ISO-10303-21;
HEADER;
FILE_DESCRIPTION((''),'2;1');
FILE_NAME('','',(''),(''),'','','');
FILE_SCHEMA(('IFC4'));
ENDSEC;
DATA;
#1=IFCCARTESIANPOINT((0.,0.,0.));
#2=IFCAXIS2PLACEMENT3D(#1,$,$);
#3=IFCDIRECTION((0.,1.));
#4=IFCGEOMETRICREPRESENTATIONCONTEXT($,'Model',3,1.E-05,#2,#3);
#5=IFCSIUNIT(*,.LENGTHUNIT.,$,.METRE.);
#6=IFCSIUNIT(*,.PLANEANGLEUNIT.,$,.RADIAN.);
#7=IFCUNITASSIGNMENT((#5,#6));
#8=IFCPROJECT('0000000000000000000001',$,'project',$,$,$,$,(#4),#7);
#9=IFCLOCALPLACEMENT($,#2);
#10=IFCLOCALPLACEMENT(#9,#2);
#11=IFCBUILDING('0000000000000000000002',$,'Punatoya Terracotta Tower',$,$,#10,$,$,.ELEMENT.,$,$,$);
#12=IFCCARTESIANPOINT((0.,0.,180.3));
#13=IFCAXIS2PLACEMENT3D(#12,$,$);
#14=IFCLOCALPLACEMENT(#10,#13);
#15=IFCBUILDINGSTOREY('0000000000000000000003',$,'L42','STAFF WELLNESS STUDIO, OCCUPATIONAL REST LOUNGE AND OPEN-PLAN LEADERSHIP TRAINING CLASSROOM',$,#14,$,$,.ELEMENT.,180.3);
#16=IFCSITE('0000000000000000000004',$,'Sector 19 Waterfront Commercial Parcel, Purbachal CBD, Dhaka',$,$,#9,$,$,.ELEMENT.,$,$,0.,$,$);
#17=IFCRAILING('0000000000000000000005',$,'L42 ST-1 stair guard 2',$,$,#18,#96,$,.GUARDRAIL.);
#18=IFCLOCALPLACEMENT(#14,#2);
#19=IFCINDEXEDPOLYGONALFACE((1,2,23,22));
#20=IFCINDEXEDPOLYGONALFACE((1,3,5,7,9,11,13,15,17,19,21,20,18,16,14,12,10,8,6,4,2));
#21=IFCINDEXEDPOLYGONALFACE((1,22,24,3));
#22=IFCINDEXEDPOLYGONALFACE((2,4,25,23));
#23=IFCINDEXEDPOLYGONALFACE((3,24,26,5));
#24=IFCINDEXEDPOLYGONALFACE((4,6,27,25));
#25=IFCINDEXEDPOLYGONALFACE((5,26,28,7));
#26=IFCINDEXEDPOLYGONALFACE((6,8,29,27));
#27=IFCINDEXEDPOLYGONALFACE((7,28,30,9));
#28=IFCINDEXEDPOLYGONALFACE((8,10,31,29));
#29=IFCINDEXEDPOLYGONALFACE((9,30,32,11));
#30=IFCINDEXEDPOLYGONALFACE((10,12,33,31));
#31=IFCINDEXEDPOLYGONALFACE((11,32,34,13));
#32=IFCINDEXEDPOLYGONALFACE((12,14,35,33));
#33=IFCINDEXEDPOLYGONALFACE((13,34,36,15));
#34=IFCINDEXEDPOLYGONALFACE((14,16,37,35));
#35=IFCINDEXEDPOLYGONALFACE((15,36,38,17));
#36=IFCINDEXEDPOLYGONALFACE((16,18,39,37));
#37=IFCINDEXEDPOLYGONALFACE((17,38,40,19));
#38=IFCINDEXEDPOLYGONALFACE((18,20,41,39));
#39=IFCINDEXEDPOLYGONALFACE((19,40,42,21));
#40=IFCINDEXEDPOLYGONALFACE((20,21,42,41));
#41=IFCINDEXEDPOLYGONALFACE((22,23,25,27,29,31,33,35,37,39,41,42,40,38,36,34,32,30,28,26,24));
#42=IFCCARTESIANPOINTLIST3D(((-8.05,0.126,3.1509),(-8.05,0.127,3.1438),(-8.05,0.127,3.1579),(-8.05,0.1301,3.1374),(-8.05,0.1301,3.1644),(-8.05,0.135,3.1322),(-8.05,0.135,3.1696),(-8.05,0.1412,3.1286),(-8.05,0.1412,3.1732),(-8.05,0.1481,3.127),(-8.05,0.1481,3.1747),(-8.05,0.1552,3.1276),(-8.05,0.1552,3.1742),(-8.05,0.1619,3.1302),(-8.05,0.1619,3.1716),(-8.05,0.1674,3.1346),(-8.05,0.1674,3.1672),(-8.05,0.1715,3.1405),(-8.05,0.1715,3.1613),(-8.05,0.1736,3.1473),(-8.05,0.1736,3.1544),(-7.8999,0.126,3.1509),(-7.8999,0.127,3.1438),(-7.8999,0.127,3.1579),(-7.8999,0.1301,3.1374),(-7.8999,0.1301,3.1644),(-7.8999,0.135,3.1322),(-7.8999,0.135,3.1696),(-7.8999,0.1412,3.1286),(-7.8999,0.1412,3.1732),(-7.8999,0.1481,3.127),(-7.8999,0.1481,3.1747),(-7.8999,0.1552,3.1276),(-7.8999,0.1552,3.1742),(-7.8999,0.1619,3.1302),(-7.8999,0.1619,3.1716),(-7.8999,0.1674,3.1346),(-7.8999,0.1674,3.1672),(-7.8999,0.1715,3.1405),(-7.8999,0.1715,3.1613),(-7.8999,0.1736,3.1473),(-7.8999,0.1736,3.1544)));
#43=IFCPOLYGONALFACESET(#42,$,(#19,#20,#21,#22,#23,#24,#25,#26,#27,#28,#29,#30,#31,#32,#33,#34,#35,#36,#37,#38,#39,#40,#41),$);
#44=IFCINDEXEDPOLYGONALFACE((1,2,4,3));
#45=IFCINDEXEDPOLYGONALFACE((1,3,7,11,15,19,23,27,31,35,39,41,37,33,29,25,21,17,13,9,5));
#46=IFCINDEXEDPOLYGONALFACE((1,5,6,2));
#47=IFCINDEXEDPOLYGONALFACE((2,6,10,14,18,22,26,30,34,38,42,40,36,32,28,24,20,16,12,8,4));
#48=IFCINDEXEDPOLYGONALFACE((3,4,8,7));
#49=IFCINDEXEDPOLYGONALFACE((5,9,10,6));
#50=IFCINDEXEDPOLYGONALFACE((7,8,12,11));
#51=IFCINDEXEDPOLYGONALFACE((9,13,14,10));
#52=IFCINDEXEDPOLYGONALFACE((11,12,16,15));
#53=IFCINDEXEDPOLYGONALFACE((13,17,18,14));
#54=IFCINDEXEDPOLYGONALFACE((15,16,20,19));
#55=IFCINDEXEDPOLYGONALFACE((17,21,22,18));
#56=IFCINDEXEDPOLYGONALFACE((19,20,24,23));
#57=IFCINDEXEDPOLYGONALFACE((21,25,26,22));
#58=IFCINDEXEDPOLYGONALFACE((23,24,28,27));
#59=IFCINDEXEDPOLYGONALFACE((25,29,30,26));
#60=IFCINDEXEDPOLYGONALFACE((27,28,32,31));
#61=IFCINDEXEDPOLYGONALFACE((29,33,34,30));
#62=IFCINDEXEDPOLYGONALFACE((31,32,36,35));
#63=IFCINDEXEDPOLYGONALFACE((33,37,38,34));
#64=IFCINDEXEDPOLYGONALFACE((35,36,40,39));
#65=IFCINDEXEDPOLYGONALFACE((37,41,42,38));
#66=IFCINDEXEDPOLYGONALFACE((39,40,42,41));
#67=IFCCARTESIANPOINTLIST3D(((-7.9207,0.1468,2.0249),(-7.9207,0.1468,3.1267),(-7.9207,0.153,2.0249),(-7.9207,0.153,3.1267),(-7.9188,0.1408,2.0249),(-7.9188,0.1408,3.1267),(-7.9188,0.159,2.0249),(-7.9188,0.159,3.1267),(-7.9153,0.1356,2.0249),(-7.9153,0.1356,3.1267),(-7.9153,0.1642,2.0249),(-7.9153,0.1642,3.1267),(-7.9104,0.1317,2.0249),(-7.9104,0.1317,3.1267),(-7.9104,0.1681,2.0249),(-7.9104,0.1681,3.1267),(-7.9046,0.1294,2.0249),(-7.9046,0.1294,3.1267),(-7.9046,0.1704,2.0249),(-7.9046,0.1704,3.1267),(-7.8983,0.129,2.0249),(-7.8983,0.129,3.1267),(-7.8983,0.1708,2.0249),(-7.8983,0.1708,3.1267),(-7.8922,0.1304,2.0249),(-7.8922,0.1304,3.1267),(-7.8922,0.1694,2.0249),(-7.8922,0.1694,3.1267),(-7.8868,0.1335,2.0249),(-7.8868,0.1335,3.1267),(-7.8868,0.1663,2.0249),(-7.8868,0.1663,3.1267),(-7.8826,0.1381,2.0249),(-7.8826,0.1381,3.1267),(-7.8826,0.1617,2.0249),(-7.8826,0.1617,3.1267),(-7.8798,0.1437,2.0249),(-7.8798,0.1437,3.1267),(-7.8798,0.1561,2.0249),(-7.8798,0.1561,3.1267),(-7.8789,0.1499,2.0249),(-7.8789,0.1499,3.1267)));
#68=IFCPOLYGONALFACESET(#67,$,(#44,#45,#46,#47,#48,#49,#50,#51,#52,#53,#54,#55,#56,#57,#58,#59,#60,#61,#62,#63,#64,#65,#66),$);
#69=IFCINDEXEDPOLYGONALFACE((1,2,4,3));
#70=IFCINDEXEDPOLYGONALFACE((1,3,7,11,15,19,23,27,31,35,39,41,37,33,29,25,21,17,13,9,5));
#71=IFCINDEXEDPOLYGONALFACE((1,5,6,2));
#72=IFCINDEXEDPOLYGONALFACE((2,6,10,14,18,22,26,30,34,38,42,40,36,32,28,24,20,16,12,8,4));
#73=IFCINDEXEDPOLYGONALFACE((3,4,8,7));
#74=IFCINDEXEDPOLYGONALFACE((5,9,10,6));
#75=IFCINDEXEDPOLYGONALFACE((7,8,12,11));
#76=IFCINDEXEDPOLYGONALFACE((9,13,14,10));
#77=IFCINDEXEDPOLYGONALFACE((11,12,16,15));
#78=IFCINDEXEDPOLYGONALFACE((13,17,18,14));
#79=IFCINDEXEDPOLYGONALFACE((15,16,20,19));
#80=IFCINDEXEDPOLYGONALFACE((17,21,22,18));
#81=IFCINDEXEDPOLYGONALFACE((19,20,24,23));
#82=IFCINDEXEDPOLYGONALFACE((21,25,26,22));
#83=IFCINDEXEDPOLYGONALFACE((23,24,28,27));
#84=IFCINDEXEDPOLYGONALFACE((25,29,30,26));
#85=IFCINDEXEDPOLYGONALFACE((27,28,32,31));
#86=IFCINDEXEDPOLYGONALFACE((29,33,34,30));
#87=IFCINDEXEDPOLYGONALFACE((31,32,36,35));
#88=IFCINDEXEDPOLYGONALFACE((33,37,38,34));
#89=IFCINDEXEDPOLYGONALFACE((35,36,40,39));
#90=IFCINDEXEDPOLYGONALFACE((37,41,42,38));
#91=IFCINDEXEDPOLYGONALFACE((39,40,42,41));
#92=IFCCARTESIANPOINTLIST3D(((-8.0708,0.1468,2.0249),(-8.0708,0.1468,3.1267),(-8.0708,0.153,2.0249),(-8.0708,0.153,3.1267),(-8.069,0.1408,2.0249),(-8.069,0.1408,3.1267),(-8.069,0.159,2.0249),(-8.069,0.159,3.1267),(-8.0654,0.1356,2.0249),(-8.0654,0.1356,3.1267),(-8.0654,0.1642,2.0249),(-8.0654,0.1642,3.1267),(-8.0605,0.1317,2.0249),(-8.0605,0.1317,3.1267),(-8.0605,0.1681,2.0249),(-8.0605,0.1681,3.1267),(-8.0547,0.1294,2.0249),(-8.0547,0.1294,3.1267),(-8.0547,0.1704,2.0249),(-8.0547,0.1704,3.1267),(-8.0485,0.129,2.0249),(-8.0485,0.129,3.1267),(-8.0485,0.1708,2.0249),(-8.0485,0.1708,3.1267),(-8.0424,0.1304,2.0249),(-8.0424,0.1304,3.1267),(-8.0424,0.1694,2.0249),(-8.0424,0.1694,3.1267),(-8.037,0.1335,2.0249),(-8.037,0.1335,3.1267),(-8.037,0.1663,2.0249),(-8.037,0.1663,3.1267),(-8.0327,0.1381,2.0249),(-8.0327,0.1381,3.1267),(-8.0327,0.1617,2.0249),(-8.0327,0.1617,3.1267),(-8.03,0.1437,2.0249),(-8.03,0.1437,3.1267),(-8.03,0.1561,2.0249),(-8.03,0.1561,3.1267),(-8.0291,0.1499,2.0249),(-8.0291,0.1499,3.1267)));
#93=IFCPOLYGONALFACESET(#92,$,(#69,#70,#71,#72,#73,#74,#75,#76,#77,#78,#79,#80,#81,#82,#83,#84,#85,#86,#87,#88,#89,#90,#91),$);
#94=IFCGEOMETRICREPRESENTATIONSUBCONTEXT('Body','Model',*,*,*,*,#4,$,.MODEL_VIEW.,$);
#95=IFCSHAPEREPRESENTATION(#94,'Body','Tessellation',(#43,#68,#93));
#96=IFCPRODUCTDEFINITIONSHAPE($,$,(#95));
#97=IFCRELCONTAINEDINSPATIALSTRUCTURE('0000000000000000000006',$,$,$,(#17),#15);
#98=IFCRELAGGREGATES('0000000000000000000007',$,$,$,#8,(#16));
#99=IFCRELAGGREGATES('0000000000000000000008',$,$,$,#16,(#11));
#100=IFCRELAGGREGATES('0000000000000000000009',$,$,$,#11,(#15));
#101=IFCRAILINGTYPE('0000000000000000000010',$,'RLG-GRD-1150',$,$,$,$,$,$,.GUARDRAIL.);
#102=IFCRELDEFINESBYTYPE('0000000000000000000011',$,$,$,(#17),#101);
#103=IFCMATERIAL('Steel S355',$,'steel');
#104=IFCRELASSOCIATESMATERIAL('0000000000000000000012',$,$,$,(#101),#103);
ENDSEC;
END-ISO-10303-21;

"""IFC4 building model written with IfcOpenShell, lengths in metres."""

from ifc_helpers import new_model, si_unit, direction, frame, origin, origin_2d, place, context, subcontext, project, spatial, circle, extrude, material, type_object, element, save


model = new_model("IFC4")

# Units and contexts
model_context = context("Model", 3, precision=1e-05, world=origin(), true_north=direction((0.0, 1.0)))
body_context = subcontext(model_context, "Body", "Model", "MODEL_VIEW")
ifc_project = project(units=[si_unit("LENGTHUNIT", "METRE"), si_unit("PLANEANGLEUNIT", "RADIAN")], contexts=[model_context])

# Site, building, storey
site_placement = place(None, origin())
site = spatial("IfcSite", under=ifc_project, at=site_placement, Name="Sector 19 Waterfront Commercial Parcel, Purbachal CBD, Dhaka", CompositionType="ELEMENT", RefElevation=0.0)
building_placement = place(site_placement, origin())
building = spatial("IfcBuilding", under=site, at=building_placement, Name="Punatoya Terracotta Tower", CompositionType="ELEMENT")
storey_placement = place(building_placement, frame((0.0, 0.0, 180.3)))
storey = spatial("IfcBuildingStorey", under=building, at=storey_placement, Name="L42", Description="STAFF WELLNESS STUDIO, OCCUPATIONAL REST LOUNGE AND OPEN-PLAN LEADERSHIP TRAINING CLASSROOM", CompositionType="ELEMENT", Elevation=180.3)

# Shared definitions
ifc_material_1 = material(Name="Steel S355", Category="steel")

# Railing
railing_type_1 = type_object("IfcRailingType", Name="RLG-GRD-1150", PredefinedType="GUARDRAIL", material=ifc_material_1)
railing_1_placement = place(storey_placement, frame((-7.8999, 0.1499, 2.0249)))
element("IfcRailing", 1, at=railing_1_placement, inside=storey, type_object=railing_type_1, Name="L42 ST-1 stair guard 2", PredefinedType="GUARDRAIL", context=body_context, shape_type="SweptSolid", body=[
    extrude(circle(Radius=0.0239, at=origin_2d()), frame((0.0, 0.0, 1.126), z_axis=(-1.0, 0.0, 0.0), x_axis=(0.0, -1.0, 0.0)), (0.0, 0.0, 1.0), 0.1501),
    extrude(circle(Radius=0.021, at=origin_2d()), origin(), (0.0, 0.0, 1.0), 1.1018),
    extrude(circle(Radius=0.021, at=origin_2d()), frame((-0.1501, 0.0, 0.0)), (0.0, 0.0, 1.0), 1.1018),
])

save(model, "model.ifc")
